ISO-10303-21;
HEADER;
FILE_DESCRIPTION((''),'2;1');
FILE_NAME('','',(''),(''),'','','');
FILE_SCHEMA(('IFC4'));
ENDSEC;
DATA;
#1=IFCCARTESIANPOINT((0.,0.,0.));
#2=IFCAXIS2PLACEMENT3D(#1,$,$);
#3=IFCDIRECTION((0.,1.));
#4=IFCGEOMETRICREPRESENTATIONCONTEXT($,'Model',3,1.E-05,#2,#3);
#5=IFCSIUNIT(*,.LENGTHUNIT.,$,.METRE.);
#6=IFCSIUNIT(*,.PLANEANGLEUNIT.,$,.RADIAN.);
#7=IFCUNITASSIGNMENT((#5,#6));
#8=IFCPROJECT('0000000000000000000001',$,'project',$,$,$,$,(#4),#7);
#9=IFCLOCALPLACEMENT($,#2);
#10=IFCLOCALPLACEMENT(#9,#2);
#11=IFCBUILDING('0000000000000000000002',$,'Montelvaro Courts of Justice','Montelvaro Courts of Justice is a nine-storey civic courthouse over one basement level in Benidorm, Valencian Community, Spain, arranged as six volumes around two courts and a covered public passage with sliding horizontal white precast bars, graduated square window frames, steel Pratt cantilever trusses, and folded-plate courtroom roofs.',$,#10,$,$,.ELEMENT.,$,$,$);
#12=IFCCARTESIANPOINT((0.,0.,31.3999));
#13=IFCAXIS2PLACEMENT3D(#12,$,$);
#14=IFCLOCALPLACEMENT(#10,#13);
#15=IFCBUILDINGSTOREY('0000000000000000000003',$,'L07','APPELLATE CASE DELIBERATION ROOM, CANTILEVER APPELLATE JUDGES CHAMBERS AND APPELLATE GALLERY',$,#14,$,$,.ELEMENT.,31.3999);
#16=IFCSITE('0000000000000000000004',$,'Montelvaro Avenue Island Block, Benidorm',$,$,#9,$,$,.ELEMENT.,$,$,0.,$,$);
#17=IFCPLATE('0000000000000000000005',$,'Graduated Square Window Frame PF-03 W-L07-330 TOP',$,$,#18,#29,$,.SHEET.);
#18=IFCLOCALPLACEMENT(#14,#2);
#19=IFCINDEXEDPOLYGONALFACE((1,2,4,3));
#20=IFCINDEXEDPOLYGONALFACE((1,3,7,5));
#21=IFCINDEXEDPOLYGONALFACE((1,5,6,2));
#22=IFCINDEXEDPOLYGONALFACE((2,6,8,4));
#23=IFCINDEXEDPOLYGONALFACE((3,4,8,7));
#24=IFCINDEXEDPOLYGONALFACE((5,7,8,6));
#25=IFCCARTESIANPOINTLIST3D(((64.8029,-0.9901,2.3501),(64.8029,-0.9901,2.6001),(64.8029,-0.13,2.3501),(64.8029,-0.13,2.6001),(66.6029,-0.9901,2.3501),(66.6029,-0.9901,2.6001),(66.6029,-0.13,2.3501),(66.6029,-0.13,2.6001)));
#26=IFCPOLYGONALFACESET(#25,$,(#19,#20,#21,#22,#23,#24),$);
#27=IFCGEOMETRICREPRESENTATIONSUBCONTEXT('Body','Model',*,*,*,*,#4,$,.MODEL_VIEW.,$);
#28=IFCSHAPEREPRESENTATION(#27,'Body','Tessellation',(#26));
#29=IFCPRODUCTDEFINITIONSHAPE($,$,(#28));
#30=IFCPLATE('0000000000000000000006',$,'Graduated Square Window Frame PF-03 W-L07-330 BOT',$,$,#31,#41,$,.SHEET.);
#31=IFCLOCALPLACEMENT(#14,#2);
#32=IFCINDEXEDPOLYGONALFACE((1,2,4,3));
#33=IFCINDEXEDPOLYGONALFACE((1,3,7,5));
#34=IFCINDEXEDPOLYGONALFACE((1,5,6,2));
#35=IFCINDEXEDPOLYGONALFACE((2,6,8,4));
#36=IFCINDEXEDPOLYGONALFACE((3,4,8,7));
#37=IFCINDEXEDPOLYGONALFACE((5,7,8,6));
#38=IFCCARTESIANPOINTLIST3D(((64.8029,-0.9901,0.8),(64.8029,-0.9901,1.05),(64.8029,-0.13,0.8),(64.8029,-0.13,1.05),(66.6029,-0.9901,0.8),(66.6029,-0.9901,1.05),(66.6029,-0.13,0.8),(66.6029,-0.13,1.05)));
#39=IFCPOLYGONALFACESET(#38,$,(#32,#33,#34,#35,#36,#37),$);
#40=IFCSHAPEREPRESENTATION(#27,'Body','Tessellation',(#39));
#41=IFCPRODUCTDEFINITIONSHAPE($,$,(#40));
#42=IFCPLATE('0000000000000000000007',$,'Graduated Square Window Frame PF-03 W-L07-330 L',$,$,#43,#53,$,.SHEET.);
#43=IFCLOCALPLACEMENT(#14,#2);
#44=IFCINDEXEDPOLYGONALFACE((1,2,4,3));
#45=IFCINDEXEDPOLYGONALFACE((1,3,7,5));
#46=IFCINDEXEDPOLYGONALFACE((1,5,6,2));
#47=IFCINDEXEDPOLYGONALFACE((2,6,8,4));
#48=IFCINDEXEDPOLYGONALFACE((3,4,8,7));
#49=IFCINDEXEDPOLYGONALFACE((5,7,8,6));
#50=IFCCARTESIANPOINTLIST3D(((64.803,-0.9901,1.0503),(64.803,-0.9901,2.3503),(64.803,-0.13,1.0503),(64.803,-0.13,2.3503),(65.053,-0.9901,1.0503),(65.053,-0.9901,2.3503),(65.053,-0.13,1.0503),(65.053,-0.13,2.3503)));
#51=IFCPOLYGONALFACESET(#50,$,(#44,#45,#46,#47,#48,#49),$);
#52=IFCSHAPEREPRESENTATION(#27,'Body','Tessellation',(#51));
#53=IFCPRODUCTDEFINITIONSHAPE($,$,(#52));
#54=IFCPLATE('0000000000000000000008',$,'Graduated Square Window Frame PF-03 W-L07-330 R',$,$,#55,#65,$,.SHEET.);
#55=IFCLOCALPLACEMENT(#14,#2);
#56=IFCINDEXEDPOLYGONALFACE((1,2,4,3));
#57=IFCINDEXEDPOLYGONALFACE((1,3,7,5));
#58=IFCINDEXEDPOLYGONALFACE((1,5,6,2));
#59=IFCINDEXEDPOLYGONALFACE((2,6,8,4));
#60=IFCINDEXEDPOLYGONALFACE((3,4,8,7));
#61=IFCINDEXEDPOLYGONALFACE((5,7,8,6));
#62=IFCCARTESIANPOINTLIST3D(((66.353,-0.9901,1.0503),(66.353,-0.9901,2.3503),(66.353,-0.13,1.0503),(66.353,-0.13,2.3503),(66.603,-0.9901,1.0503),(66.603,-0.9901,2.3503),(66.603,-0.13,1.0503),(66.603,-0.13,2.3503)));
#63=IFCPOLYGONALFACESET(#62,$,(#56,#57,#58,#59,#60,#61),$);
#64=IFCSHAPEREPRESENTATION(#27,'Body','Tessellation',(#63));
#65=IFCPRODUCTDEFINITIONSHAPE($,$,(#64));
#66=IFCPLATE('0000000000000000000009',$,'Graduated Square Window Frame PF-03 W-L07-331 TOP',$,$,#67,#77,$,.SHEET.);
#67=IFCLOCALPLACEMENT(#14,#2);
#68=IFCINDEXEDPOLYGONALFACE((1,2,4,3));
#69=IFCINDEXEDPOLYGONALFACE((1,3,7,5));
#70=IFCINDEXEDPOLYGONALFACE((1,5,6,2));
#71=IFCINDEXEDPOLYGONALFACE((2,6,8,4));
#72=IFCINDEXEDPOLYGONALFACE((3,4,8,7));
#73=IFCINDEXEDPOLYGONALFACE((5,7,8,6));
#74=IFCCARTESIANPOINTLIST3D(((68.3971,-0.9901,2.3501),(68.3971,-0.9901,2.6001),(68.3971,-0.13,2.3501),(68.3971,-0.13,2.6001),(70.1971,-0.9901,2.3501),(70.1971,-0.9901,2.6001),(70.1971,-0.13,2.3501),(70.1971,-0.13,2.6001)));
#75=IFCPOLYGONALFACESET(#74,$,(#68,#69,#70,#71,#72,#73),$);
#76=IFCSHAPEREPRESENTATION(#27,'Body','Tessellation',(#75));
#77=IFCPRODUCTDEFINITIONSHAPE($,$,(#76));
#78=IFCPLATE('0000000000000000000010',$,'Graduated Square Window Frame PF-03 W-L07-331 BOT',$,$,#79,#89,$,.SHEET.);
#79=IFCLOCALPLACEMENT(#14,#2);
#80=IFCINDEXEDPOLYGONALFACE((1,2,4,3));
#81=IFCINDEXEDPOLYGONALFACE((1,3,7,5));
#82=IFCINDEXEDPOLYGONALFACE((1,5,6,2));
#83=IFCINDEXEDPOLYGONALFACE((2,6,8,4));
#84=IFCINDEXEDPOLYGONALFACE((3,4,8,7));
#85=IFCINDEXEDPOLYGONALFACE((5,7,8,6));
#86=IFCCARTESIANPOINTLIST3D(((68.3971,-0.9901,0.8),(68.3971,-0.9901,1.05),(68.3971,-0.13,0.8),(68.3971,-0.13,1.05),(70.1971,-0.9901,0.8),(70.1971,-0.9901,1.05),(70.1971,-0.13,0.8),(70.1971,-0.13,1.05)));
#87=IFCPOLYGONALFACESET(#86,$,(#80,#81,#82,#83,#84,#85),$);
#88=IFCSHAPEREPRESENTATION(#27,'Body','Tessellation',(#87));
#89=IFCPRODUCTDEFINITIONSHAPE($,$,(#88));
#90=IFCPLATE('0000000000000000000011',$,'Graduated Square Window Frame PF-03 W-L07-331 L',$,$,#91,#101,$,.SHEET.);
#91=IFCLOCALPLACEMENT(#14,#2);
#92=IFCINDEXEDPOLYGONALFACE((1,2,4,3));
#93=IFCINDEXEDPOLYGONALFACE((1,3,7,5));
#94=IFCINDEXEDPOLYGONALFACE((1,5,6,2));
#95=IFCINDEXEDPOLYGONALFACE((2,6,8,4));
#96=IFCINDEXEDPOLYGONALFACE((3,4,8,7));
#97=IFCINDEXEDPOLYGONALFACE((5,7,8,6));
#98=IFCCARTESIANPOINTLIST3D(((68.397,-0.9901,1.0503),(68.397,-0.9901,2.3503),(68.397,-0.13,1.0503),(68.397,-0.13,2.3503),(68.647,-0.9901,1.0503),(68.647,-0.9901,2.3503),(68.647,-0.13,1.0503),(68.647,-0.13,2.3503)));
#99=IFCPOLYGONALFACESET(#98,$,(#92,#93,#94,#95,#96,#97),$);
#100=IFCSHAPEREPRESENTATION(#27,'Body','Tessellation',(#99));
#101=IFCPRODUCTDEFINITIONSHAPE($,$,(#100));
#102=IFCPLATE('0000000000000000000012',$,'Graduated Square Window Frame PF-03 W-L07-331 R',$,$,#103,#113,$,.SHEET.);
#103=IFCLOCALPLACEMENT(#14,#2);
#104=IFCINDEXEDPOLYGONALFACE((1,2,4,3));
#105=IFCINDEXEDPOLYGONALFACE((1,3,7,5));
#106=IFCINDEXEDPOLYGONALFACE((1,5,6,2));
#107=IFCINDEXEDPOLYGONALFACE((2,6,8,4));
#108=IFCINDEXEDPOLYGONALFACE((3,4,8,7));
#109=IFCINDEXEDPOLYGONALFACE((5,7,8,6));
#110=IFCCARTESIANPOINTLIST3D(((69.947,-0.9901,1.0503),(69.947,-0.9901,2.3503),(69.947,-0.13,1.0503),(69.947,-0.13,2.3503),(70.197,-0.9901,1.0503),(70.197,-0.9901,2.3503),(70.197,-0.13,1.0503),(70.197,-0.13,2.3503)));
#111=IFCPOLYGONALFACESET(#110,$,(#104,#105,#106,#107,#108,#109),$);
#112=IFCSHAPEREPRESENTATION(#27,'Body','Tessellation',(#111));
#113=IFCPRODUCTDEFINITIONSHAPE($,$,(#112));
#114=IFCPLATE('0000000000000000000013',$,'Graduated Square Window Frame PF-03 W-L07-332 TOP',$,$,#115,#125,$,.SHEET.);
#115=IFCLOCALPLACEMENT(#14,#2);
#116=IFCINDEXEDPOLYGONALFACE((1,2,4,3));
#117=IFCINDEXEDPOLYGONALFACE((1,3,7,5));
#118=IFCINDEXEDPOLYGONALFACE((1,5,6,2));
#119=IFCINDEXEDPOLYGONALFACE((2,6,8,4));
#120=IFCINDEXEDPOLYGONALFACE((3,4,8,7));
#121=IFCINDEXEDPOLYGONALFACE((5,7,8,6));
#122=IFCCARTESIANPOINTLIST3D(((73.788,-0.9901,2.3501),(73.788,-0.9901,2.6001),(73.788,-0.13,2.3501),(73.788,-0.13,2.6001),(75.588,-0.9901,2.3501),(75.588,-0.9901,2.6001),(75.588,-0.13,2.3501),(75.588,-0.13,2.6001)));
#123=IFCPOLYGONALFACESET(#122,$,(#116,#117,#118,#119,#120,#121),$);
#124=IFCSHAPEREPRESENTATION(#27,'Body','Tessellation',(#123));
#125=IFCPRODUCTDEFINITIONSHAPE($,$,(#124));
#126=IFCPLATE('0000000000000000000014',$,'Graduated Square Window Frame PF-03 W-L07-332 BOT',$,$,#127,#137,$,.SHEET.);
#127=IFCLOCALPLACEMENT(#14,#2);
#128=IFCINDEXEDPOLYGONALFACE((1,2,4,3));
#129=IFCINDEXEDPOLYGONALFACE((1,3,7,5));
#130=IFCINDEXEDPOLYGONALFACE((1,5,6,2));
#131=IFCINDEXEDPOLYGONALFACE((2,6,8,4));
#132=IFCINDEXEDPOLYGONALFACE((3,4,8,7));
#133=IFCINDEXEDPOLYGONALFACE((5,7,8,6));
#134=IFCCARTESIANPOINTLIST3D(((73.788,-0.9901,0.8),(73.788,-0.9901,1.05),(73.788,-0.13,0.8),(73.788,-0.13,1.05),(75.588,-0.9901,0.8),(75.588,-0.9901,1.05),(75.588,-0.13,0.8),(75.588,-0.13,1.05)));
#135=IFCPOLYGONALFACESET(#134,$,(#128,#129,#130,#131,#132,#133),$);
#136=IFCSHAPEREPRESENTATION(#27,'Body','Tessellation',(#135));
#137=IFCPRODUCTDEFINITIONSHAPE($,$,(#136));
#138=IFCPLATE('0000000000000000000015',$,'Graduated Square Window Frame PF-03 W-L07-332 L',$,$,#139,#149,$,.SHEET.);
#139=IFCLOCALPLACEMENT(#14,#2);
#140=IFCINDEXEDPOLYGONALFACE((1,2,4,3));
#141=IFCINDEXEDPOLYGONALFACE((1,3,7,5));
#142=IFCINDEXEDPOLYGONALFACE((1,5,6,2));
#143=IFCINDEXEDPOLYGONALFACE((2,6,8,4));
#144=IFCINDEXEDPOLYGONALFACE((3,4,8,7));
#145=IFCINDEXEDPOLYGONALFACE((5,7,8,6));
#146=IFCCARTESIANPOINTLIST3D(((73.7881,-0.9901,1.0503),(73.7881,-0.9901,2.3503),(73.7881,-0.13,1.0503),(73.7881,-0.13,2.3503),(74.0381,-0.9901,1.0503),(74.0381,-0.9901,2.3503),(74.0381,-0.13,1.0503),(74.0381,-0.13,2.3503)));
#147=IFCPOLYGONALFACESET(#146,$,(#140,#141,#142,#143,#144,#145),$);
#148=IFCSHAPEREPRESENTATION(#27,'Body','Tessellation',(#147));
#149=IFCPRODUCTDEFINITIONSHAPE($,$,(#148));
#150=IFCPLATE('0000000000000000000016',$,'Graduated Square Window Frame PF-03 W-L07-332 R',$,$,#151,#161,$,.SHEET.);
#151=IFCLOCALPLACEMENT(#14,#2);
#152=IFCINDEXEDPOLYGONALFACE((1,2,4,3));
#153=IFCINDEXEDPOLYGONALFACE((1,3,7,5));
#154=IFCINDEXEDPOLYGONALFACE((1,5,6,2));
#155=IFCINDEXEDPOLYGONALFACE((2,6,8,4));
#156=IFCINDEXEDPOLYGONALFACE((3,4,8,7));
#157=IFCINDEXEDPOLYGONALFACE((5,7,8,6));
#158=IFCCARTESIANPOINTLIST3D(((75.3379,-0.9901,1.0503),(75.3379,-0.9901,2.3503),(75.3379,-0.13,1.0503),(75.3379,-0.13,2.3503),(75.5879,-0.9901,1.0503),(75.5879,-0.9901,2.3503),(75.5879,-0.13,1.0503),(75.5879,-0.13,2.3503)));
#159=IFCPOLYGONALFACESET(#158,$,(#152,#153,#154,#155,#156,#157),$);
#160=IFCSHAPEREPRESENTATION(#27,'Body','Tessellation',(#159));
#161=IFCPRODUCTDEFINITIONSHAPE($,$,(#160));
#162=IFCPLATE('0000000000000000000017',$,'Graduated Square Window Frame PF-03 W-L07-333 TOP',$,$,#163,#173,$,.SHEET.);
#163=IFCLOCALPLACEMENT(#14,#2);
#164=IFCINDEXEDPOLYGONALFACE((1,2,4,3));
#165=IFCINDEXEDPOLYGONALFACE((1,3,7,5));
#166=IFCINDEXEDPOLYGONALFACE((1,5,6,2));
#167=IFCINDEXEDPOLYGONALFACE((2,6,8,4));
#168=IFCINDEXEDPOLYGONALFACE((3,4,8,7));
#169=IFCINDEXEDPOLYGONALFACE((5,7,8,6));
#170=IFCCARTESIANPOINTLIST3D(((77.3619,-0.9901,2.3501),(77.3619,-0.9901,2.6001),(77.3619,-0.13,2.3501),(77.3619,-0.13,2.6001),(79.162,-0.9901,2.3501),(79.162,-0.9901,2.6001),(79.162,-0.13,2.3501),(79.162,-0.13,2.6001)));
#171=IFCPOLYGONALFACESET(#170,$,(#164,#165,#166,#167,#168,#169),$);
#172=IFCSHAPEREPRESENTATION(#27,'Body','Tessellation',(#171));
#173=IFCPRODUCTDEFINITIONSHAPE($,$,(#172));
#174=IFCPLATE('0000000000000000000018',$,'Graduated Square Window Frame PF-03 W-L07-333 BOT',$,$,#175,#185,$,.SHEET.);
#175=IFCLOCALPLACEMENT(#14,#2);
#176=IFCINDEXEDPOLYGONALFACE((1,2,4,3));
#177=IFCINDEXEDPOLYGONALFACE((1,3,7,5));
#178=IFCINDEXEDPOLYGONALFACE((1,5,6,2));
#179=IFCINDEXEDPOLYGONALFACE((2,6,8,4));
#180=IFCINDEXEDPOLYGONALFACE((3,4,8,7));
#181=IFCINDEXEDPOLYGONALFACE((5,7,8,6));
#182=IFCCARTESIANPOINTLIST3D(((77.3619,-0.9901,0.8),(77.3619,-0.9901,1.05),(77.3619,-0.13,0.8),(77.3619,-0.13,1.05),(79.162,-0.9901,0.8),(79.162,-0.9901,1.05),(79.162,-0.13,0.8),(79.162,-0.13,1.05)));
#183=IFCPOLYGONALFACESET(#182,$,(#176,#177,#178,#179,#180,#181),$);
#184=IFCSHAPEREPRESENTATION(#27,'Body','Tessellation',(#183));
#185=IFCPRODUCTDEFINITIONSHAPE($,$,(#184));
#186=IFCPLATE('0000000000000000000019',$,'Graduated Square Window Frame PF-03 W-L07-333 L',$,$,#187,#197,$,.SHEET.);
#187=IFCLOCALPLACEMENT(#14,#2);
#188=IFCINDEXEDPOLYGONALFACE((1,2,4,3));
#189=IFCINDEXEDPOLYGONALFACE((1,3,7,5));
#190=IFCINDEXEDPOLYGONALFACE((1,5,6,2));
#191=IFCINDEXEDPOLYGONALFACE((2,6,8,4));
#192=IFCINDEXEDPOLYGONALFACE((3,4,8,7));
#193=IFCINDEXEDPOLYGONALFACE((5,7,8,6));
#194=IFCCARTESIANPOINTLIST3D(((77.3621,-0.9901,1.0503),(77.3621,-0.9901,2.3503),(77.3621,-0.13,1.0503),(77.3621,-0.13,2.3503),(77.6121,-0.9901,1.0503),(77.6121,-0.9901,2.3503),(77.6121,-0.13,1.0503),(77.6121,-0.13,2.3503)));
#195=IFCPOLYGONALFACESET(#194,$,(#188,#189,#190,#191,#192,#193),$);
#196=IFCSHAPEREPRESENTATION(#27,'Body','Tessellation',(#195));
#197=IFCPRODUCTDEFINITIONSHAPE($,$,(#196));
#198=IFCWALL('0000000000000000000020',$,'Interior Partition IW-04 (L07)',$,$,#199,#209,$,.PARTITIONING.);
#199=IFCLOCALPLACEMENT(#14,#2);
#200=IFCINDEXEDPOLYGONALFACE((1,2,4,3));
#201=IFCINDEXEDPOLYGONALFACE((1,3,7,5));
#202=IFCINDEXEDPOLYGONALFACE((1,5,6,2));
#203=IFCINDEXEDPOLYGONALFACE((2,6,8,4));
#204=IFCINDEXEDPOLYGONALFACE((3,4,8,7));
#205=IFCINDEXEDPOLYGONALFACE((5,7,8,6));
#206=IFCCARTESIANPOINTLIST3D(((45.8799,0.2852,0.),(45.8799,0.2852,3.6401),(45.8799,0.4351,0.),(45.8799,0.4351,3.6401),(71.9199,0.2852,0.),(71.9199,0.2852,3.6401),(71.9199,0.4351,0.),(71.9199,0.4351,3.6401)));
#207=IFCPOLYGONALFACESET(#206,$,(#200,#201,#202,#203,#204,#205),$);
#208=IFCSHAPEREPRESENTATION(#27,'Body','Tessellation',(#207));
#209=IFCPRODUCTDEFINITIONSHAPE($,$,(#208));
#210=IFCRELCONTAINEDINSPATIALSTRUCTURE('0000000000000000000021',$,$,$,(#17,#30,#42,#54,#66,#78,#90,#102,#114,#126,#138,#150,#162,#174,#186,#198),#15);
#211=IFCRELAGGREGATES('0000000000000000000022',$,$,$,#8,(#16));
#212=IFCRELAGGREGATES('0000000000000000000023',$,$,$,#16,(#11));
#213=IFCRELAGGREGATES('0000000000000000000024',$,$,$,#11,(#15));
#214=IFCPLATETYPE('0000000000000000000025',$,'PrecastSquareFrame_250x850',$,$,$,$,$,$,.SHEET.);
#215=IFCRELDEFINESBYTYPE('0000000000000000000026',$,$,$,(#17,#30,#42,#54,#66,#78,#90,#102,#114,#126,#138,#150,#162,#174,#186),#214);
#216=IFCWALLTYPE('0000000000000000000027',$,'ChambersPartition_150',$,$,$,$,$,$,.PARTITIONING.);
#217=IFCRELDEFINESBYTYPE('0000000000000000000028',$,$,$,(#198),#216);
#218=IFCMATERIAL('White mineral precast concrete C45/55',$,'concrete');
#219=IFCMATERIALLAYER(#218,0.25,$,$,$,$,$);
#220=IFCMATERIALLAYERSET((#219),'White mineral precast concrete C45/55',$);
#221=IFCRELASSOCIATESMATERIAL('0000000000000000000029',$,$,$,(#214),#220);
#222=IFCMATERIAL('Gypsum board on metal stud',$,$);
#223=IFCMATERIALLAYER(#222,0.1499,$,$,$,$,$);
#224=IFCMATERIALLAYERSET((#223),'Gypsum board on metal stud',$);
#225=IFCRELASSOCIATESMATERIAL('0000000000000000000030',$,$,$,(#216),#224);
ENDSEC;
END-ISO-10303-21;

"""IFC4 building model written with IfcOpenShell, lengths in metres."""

from ifc_helpers import new_model, si_unit, direction, frame, frame_2d, origin, origin_2d, place, context, subcontext, project, spatial, rectangle, extrude, material, layer, layer_set, type_object, element, save


model = new_model("IFC4")

# Units and contexts
model_context = context("Model", 3, precision=1e-05, world=origin(), true_north=direction((0.0, 1.0)))
body_context = subcontext(model_context, "Body", "Model", "MODEL_VIEW")
ifc_project = project(units=[si_unit("LENGTHUNIT", "METRE"), si_unit("PLANEANGLEUNIT", "RADIAN")], contexts=[model_context])

# Site, building, storey
site_placement = place(None, origin())
site = spatial("IfcSite", under=ifc_project, at=site_placement, Name="Montelvaro Avenue Island Block, Benidorm", CompositionType="ELEMENT", RefElevation=0.0)
building_placement = place(site_placement, origin())
building = spatial("IfcBuilding", under=site, at=building_placement, Name="Montelvaro Courts of Justice", Description="Montelvaro Courts of Justice is a nine-storey civic courthouse over one basement level in Benidorm, Valencian Community, Spain, arranged as six volumes around two courts and a covered public passage with sliding horizontal white precast bars, graduated square window frames, steel Pratt cantilever trusses, and folded-plate courtroom roofs.", CompositionType="ELEMENT")
storey_placement = place(building_placement, frame((0.0, 0.0, 31.3999)))
storey = spatial("IfcBuildingStorey", under=building, at=storey_placement, Name="L07", Description="APPELLATE CASE DELIBERATION ROOM, CANTILEVER APPELLATE JUDGES CHAMBERS AND APPELLATE GALLERY", CompositionType="ELEMENT", Elevation=31.3999)

# Plates
ifc_material_1 = material(Name="White mineral precast concrete C45/55", Category="concrete")
ifc_layer_1 = layer(ifc_material_1, 0.25)
ifc_layer_set_1 = layer_set([ifc_layer_1], Name="White mineral precast concrete C45/55")
plate_type = type_object("IfcPlateType", Name="PrecastSquareFrame_250x850", PredefinedType="SHEET", material=ifc_layer_set_1)
for number, where, z_axis, x_axis, name in (
    (1, (65.7029, -0.5601, 2.3501), (0.0, 0.0, 1.0), (1.0, 0.0, 0.0), "Graduated Square Window Frame PF-03 W-L07-330 TOP"),
    (2, (65.7029, -0.5601, 0.8), (0.0, 0.0, 1.0), (1.0, 0.0, 0.0), "Graduated Square Window Frame PF-03 W-L07-330 BOT"),
):
    element("IfcPlate", number, at=place(storey_placement, frame(where, z_axis=z_axis, x_axis=x_axis)), inside=storey, type_object=plate_type, Name=name, PredefinedType="SHEET", context=body_context, shape_type="SweptSolid", body=[
        extrude(rectangle(XDim=1.8, YDim=0.8601, at=origin_2d()), origin(), (0.0, 0.0, 1.0), 0.25),
    ])
for number, where, z_axis, x_axis, name in (
    (3, (64.928, -0.5601, 1.0503), (0.0, 0.0, 1.0), (1.0, 0.0, 0.0), "Graduated Square Window Frame PF-03 W-L07-330 L"),
    (4, (66.478, -0.5601, 1.0503), (0.0, 0.0, 1.0), (1.0, 0.0, 0.0), "Graduated Square Window Frame PF-03 W-L07-330 R"),
):
    element("IfcPlate", number, at=place(storey_placement, frame(where, z_axis=z_axis, x_axis=x_axis)), inside=storey, type_object=plate_type, Name=name, PredefinedType="SHEET", context=body_context, shape_type="SweptSolid", body=[
        extrude(rectangle(XDim=0.25, YDim=0.8601, at=origin_2d()), origin(), (0.0, 0.0, 1.0), 1.3),
    ])
for number, where, z_axis, x_axis, name in (
    (5, (69.2971, -0.5601, 2.3501), (0.0, 0.0, 1.0), (1.0, 0.0, 0.0), "Graduated Square Window Frame PF-03 W-L07-331 TOP"),
    (6, (69.2971, -0.5601, 0.8), (0.0, 0.0, 1.0), (1.0, 0.0, 0.0), "Graduated Square Window Frame PF-03 W-L07-331 BOT"),
):
    element("IfcPlate", number, at=place(storey_placement, frame(where, z_axis=z_axis, x_axis=x_axis)), inside=storey, type_object=plate_type, Name=name, PredefinedType="SHEET", context=body_context, shape_type="SweptSolid", body=[
        extrude(rectangle(XDim=1.8, YDim=0.8601, at=origin_2d()), origin(), (0.0, 0.0, 1.0), 0.25),
    ])
for number, where, z_axis, x_axis, name in (
    (7, (68.522, -0.5601, 1.0503), (0.0, 0.0, 1.0), (1.0, 0.0, 0.0), "Graduated Square Window Frame PF-03 W-L07-331 L"),
    (8, (70.072, -0.5601, 1.0503), (0.0, 0.0, 1.0), (1.0, 0.0, 0.0), "Graduated Square Window Frame PF-03 W-L07-331 R"),
):
    element("IfcPlate", number, at=place(storey_placement, frame(where, z_axis=z_axis, x_axis=x_axis)), inside=storey, type_object=plate_type, Name=name, PredefinedType="SHEET", context=body_context, shape_type="SweptSolid", body=[
        extrude(rectangle(XDim=0.25, YDim=0.8601, at=origin_2d()), origin(), (0.0, 0.0, 1.0), 1.3),
    ])
for number, where, z_axis, x_axis, name in (
    (9, (74.688, -0.5601, 2.3501), (0.0, 0.0, 1.0), (1.0, 0.0, 0.0), "Graduated Square Window Frame PF-03 W-L07-332 TOP"),
    (10, (74.688, -0.5601, 0.8), (0.0, 0.0, 1.0), (1.0, 0.0, 0.0), "Graduated Square Window Frame PF-03 W-L07-332 BOT"),
):
    element("IfcPlate", number, at=place(storey_placement, frame(where, z_axis=z_axis, x_axis=x_axis)), inside=storey, type_object=plate_type, Name=name, PredefinedType="SHEET", context=body_context, shape_type="SweptSolid", body=[
        extrude(rectangle(XDim=1.8, YDim=0.8601, at=origin_2d()), origin(), (0.0, 0.0, 1.0), 0.25),
    ])
for number, where, z_axis, x_axis, name in (
    (11, (73.9131, -0.5601, 1.0503), (0.0, 0.0, 1.0), (1.0, 0.0, 0.0), "Graduated Square Window Frame PF-03 W-L07-332 L"),
    (12, (75.4629, -0.5601, 1.0503), (0.0, 0.0, 1.0), (1.0, 0.0, 0.0), "Graduated Square Window Frame PF-03 W-L07-332 R"),
):
    element("IfcPlate", number, at=place(storey_placement, frame(where, z_axis=z_axis, x_axis=x_axis)), inside=storey, type_object=plate_type, Name=name, PredefinedType="SHEET", context=body_context, shape_type="SweptSolid", body=[
        extrude(rectangle(XDim=0.25, YDim=0.8601, at=origin_2d()), origin(), (0.0, 0.0, 1.0), 1.3),
    ])
for number, where, z_axis, x_axis, name in (
    (13, (78.262, -0.5601, 2.3501), (0.0, 0.0, 1.0), (1.0, 0.0, 0.0), "Graduated Square Window Frame PF-03 W-L07-333 TOP"),
    (14, (78.262, -0.5601, 0.8), (0.0, 0.0, 1.0), (1.0, 0.0, 0.0), "Graduated Square Window Frame PF-03 W-L07-333 BOT"),
):
    element("IfcPlate", number, at=place(storey_placement, frame(where, z_axis=z_axis, x_axis=x_axis)), inside=storey, type_object=plate_type, Name=name, PredefinedType="SHEET", context=body_context, shape_type="SweptSolid", body=[
        extrude(rectangle(XDim=1.8, YDim=0.8601, at=origin_2d()), origin(), (0.0, 0.0, 1.0), 0.25),
    ])
plate_placement = place(storey_placement, frame((77.4871, -0.5601, 1.0503), z_axis=(0.0, 0.0, 1.0), x_axis=(1.0, 0.0, 0.0)))
element("IfcPlate", 15, at=plate_placement, inside=storey, type_object=plate_type, Name="Graduated Square Window Frame PF-03 W-L07-333 L", PredefinedType="SHEET", context=body_context, shape_type="SweptSolid", body=[
    extrude(rectangle(XDim=0.25, YDim=0.8601, at=origin_2d()), origin(), (0.0, 0.0, 1.0), 1.3),
])

# Wall
ifc_material_2 = material(Name="Gypsum board on metal stud")
ifc_layer_2 = layer(ifc_material_2, 0.1499)
ifc_layer_set_2 = layer_set([ifc_layer_2], Name="Gypsum board on metal stud")
wall_type_1 = type_object("IfcWallType", Name="ChambersPartition_150", PredefinedType="PARTITIONING", material=ifc_layer_set_2)
wall_1_placement = place(storey_placement, frame((71.9199, 0.3601, 0.0), z_axis=(0.0, 0.0, 1.0), x_axis=(-1.0, 0.0, 0.0)))
element("IfcWall", 16, at=wall_1_placement, inside=storey, type_object=wall_type_1, Name="Interior Partition IW-04 (L07)", PredefinedType="PARTITIONING", context=body_context, shape_type="SweptSolid", body=[
    extrude(rectangle(XDim=26.04, YDim=0.1499, at=frame_2d((13.02, 0.0))), origin(), (0.0, 0.0, 1.0), 3.6401),
])

save(model, "model.ifc")
